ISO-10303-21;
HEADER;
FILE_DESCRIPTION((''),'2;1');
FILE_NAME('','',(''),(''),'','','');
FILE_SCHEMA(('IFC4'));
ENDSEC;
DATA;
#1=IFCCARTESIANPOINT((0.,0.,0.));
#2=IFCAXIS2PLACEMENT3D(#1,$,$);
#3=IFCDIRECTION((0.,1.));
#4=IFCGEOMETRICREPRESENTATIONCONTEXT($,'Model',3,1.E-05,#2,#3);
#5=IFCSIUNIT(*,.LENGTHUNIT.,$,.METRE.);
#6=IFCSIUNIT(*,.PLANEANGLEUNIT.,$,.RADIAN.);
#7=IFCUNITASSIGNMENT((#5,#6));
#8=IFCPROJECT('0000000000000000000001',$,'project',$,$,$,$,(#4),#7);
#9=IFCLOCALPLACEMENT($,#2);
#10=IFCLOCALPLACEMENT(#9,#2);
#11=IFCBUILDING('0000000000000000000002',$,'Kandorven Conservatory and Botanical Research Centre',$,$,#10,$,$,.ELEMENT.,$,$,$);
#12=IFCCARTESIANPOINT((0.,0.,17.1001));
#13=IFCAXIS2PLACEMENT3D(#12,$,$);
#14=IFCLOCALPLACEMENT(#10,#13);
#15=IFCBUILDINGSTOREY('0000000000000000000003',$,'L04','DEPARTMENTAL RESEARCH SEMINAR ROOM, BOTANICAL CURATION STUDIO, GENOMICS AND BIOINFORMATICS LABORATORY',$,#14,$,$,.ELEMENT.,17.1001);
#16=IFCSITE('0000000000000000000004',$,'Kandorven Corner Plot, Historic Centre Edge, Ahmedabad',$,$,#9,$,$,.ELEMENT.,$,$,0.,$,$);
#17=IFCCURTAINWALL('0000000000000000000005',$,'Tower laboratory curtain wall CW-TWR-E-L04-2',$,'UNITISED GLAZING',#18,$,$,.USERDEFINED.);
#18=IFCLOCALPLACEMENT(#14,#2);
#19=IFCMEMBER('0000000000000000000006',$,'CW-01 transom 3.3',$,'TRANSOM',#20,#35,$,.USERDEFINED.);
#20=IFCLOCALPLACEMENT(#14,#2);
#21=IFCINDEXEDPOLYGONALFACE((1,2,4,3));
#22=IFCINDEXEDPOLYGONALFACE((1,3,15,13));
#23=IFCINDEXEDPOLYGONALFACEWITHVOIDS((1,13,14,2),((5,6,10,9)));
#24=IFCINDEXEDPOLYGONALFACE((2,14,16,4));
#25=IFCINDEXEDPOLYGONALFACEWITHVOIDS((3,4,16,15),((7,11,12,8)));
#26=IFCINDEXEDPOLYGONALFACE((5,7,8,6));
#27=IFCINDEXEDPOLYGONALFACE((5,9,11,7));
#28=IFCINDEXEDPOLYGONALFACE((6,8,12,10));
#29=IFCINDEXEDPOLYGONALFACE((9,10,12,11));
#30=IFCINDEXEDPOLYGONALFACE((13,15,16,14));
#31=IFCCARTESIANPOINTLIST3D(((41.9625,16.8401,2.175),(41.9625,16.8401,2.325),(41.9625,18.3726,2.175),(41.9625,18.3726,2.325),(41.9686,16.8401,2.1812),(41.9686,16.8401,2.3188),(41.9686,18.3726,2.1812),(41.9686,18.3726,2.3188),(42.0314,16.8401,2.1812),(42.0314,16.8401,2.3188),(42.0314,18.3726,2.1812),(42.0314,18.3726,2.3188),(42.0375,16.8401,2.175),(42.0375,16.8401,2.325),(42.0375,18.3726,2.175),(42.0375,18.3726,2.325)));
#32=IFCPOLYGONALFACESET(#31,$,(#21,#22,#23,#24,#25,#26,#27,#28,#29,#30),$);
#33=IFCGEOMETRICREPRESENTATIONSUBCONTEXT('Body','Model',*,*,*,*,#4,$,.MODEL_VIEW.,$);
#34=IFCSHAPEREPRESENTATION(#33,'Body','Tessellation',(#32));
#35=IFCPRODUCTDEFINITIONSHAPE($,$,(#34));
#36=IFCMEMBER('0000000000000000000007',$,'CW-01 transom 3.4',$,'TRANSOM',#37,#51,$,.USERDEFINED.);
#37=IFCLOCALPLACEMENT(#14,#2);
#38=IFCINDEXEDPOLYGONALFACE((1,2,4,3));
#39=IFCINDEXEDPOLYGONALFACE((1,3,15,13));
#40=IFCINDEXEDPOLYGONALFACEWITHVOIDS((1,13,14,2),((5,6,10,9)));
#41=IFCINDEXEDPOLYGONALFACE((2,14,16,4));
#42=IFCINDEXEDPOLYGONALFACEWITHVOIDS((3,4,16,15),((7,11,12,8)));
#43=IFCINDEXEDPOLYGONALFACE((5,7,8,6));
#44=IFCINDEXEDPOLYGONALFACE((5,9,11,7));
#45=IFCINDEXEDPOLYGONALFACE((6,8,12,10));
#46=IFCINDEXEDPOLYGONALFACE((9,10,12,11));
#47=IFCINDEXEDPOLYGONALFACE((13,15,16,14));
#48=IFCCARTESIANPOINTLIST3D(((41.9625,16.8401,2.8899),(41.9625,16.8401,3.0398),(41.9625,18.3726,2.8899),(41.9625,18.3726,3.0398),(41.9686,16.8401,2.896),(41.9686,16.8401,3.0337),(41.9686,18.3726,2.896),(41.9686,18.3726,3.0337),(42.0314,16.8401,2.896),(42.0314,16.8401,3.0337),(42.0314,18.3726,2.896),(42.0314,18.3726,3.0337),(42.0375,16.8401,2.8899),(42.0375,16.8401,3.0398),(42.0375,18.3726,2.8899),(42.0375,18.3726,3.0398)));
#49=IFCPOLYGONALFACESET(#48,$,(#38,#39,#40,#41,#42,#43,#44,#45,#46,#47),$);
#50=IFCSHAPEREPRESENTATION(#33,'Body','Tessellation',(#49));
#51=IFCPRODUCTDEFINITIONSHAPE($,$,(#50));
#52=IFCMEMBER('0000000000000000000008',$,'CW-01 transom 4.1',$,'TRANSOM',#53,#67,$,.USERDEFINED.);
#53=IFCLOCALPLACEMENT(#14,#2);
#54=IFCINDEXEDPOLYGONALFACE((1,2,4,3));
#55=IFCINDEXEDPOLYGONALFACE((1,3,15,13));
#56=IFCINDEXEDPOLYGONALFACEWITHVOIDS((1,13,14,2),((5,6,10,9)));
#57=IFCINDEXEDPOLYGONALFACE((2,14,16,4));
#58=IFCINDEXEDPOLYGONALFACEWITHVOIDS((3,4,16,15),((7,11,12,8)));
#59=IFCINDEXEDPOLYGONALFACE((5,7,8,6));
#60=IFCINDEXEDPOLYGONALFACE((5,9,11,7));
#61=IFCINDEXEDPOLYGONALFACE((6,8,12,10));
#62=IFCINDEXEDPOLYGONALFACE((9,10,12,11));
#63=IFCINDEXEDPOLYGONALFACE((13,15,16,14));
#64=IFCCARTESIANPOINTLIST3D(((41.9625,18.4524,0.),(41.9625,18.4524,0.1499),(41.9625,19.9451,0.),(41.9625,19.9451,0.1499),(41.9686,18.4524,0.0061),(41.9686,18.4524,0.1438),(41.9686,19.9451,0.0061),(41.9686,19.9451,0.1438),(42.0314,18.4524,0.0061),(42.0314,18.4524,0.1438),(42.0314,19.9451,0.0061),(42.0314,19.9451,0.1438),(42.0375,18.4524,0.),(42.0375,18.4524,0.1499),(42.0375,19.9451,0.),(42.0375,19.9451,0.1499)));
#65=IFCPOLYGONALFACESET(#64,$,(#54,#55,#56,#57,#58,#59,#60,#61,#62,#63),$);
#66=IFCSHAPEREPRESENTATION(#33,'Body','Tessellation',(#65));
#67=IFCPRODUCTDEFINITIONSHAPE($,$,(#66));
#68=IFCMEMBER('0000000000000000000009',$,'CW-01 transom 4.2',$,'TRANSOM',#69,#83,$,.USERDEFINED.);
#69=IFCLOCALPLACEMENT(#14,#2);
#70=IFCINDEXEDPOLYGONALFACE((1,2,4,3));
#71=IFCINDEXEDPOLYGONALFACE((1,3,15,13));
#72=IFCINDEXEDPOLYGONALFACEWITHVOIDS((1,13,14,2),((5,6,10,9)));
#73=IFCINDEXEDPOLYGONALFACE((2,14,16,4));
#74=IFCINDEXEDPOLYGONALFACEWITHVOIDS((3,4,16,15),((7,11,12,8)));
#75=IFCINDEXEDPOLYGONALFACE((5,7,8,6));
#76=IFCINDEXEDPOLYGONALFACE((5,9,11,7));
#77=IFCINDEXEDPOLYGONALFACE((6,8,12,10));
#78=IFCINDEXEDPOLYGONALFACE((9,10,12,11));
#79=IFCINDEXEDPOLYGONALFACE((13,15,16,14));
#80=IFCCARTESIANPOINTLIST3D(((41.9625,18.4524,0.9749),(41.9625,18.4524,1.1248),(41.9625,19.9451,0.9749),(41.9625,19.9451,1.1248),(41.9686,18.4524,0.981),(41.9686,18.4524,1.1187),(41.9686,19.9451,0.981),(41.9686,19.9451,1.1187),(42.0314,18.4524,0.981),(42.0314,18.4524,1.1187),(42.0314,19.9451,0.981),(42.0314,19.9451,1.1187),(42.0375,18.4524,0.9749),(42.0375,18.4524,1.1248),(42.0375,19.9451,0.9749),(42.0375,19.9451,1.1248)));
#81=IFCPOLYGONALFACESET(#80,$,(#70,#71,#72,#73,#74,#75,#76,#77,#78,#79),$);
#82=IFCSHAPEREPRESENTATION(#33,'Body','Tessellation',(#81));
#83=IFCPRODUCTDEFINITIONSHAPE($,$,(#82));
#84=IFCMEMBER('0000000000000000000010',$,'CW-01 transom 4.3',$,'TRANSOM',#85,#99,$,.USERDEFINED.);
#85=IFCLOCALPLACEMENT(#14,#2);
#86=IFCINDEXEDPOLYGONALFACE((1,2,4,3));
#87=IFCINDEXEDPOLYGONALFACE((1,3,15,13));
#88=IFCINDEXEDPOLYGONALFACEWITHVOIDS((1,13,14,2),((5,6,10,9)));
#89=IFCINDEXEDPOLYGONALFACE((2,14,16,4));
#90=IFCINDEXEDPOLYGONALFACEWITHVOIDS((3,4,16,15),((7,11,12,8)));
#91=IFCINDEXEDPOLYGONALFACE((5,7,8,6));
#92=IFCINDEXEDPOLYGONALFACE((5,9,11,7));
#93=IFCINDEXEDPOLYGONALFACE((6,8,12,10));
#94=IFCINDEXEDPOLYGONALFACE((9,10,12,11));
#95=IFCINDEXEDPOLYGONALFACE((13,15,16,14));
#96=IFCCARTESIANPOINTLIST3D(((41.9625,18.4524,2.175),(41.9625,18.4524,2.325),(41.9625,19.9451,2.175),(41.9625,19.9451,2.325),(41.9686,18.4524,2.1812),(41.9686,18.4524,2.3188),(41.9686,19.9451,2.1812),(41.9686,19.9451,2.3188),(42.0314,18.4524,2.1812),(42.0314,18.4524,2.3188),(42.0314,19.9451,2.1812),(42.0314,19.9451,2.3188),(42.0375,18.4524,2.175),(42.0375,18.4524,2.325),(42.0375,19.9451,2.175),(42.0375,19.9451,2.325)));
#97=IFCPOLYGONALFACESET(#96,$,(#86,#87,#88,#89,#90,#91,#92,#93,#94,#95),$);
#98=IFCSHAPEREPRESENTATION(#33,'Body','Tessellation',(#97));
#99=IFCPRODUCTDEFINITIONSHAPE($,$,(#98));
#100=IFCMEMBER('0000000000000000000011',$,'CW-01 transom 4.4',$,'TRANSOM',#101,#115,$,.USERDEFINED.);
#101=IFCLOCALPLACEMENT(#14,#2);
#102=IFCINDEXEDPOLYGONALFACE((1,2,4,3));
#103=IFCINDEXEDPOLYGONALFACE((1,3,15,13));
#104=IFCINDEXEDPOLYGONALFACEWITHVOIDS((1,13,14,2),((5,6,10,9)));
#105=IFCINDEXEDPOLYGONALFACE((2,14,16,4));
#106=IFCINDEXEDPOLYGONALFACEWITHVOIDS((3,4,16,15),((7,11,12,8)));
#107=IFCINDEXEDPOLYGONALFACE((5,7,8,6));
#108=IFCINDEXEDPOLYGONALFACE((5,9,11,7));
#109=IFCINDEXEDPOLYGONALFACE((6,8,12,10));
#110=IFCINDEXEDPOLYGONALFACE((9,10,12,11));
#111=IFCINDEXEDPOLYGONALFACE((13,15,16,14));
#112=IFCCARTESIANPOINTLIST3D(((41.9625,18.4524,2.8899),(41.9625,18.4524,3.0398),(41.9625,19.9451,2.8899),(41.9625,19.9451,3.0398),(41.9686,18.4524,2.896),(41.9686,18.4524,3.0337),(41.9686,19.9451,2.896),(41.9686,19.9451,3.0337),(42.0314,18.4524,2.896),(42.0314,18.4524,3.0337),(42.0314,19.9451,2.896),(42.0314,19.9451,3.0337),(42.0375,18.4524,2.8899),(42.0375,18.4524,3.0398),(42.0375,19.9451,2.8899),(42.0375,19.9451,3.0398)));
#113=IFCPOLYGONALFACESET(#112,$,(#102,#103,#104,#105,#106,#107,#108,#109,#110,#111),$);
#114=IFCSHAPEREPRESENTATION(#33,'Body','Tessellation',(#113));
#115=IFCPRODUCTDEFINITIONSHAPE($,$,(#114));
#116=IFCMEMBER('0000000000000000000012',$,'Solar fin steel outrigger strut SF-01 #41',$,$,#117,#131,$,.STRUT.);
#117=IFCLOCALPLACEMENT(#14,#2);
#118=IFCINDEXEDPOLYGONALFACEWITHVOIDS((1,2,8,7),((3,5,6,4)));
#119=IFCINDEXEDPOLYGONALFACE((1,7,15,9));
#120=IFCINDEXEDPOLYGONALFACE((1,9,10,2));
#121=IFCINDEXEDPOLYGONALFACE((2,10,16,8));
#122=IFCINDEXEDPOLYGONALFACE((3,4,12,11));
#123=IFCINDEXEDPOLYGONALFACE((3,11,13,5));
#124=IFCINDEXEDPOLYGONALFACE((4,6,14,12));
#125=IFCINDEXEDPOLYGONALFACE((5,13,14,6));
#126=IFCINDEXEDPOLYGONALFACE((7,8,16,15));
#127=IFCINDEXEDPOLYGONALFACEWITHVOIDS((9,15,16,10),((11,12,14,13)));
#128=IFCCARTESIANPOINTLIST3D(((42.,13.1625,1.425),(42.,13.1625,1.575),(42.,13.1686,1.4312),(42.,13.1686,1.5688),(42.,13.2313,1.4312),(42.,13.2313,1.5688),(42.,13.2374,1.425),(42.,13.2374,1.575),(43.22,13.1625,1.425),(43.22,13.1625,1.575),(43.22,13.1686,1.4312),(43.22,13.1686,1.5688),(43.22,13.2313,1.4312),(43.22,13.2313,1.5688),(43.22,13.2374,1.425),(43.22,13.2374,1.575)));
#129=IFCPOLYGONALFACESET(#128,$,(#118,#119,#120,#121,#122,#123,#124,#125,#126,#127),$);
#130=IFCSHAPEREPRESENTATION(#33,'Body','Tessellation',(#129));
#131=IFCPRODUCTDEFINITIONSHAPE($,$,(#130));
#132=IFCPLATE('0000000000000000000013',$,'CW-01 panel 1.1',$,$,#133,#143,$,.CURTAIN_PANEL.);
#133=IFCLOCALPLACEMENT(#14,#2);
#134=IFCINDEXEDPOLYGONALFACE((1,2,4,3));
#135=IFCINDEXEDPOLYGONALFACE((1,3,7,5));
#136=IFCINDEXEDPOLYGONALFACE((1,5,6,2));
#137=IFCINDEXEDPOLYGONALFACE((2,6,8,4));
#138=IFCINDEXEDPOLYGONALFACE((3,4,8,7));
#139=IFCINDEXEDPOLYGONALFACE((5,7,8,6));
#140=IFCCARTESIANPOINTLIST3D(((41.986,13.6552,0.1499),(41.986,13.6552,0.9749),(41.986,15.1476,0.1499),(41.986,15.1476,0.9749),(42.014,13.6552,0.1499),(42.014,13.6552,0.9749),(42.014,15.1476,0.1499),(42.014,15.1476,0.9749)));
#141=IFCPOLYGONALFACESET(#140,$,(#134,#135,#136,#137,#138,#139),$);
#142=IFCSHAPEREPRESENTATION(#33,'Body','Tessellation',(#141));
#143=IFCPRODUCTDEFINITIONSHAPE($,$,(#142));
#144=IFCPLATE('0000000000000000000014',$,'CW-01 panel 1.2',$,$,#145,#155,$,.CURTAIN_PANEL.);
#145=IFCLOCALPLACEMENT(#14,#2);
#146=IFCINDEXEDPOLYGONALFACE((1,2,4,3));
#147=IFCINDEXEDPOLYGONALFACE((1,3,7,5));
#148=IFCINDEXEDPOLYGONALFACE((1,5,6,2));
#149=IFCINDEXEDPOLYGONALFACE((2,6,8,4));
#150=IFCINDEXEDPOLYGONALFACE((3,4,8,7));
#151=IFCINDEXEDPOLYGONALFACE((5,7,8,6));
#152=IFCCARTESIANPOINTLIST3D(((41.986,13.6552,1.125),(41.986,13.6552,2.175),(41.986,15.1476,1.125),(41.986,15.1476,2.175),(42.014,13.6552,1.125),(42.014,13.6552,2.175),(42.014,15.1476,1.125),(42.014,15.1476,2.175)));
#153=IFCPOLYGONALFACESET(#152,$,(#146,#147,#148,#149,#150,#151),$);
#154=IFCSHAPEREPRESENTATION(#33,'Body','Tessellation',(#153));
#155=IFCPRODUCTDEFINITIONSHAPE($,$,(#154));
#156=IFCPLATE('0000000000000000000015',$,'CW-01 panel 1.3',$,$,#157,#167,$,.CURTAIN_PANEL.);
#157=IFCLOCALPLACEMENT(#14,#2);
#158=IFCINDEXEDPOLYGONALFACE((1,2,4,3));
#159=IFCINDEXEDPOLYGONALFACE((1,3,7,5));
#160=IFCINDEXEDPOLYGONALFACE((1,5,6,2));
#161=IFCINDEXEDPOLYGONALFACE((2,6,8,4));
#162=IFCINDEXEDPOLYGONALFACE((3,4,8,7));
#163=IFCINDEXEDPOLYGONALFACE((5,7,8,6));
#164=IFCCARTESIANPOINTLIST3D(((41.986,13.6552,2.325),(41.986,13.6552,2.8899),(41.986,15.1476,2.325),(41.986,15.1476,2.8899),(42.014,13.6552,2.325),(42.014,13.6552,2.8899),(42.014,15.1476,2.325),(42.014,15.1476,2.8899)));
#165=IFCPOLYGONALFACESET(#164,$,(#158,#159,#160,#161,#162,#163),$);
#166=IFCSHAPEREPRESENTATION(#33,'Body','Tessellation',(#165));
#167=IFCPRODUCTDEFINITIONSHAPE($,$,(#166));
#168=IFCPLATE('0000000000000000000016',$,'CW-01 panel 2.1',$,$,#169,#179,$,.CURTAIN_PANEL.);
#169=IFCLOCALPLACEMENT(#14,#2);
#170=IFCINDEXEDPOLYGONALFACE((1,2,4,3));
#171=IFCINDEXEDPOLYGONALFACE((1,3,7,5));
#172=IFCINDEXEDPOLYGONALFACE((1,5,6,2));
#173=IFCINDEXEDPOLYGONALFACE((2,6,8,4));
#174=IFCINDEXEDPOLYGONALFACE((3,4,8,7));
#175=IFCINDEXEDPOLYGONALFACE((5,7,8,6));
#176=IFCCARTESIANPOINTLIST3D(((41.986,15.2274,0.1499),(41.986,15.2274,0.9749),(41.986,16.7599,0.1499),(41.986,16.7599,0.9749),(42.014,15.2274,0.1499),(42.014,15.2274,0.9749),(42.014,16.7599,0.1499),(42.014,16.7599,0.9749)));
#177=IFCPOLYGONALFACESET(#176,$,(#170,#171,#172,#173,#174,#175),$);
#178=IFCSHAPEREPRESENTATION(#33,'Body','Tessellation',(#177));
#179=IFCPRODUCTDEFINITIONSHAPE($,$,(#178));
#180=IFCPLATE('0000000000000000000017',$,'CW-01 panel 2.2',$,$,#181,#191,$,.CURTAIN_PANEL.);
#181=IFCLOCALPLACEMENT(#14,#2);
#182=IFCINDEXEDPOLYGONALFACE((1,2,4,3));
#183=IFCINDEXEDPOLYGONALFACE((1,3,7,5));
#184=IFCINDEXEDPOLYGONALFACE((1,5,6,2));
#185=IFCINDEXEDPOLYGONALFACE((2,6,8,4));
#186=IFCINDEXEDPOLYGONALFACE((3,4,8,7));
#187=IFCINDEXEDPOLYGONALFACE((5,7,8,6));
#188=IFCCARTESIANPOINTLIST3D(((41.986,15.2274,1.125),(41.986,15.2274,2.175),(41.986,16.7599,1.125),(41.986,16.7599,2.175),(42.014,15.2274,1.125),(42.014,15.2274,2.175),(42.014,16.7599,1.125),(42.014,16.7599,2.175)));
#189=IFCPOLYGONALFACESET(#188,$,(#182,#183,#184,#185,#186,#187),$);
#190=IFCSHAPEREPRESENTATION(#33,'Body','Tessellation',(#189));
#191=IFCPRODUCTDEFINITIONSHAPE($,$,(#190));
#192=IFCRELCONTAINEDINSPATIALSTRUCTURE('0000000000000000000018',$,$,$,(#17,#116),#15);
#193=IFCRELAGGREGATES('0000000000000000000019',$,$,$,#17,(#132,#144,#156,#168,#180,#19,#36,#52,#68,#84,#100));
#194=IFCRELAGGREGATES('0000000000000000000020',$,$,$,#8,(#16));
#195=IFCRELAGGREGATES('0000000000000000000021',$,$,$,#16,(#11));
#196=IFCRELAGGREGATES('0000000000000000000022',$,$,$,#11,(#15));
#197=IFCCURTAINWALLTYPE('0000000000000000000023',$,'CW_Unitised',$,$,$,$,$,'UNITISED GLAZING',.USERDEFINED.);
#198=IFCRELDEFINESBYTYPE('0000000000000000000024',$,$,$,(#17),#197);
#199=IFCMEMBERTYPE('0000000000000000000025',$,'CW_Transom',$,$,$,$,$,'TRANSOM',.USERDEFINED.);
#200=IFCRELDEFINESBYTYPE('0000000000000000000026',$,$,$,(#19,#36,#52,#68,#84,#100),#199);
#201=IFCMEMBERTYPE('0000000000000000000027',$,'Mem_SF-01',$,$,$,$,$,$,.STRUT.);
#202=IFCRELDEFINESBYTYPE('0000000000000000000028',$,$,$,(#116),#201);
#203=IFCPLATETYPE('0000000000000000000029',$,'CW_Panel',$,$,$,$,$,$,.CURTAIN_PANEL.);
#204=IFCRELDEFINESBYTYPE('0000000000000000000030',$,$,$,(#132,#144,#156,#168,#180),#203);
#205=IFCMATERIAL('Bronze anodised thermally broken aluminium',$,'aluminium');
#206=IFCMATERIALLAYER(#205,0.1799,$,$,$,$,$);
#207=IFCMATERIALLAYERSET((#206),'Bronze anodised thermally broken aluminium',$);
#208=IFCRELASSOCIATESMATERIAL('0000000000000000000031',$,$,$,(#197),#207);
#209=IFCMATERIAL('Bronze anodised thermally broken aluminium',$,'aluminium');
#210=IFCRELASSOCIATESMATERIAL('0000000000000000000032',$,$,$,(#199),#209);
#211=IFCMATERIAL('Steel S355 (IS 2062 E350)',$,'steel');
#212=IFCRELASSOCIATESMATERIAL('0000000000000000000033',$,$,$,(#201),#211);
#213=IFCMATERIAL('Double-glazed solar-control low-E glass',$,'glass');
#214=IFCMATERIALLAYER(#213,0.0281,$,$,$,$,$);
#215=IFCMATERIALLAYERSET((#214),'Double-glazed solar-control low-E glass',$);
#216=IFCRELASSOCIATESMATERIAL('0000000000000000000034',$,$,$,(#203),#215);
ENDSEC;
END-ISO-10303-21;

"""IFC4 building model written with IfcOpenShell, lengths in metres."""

from ifc_helpers import new_model, si_unit, direction, frame, origin, origin_2d, place, context, subcontext, project, spatial, rectangle, hollow_rectangle, extrude, material, layer, layer_set, material_profile, profile_set, type_object, element, aggregate, save


model = new_model("IFC4")

# Units and contexts
model_context = context("Model", 3, precision=1e-05, world=origin(), true_north=direction((0.0, 1.0)))
body_context = subcontext(model_context, "Body", "Model", "MODEL_VIEW")
ifc_project = project(units=[si_unit("LENGTHUNIT", "METRE"), si_unit("PLANEANGLEUNIT", "RADIAN")], contexts=[model_context])

# Site, building, storey
site_placement = place(None, origin())
site = spatial("IfcSite", under=ifc_project, at=site_placement, Name="Kandorven Corner Plot, Historic Centre Edge, Ahmedabad", CompositionType="ELEMENT", RefElevation=0.0)
building_placement = place(site_placement, origin())
building = spatial("IfcBuilding", under=site, at=building_placement, Name="Kandorven Conservatory and Botanical Research Centre", CompositionType="ELEMENT")
storey_placement = place(building_placement, frame((0.0, 0.0, 17.1001)))
storey = spatial("IfcBuildingStorey", under=building, at=storey_placement, Name="L04", Description="DEPARTMENTAL RESEARCH SEMINAR ROOM, BOTANICAL CURATION STUDIO, GENOMICS AND BIOINFORMATICS LABORATORY", CompositionType="ELEMENT", Elevation=17.1001)

# Curtain wall, members
ifc_material_1 = material(Name="Bronze anodised thermally broken aluminium", Category="aluminium")
ifc_layer_1 = layer(ifc_material_1, 0.1799)
ifc_layer_set_1 = layer_set([ifc_layer_1], Name="Bronze anodised thermally broken aluminium")
curtain_wall_type = type_object("IfcCurtainWallType", Name="CW_Unitised", ElementType="UNITISED GLAZING", PredefinedType="USERDEFINED", material=ifc_layer_set_1)
curtain_wall_placement = place(storey_placement, origin())
curtain_wall = element("IfcCurtainWall", 1, at=curtain_wall_placement, inside=storey, type_object=curtain_wall_type, Name="Tower laboratory curtain wall CW-TWR-E-L04-2", ObjectType="UNITISED GLAZING", PredefinedType="USERDEFINED")
ifc_material_2 = material(Name="Bronze anodised thermally broken aluminium", Category="aluminium")
ifc_material_profile_1 = material_profile(ifc_material_2, hollow_rectangle(XDim=0.075, YDim=0.1499, WallThickness=0.0061, at=origin_2d()))
ifc_profile_set_1 = profile_set([ifc_material_profile_1], Name="Bronze anodised thermally broken aluminium")
member_type_1 = type_object("IfcMemberType", Name="CW_Transom", ElementType="TRANSOM", PredefinedType="USERDEFINED", material=ifc_profile_set_1)
member_1_placement = place(storey_placement, frame((42.0, 16.8401, 2.25), z_axis=(0.0, 1.0, 0.0), x_axis=(-1.0, 0.0, 0.0)))
member_1 = element("IfcMember", 2, at=member_1_placement, type_object=member_type_1, Name="CW-01 transom 3.3", ObjectType="TRANSOM", PredefinedType="USERDEFINED", context=body_context, shape_type="SweptSolid", body=[
    extrude(hollow_rectangle(XDim=0.075, YDim=0.1499, WallThickness=0.0061, at=origin_2d()), origin(), (0.0, 0.0, 1.0), 1.5325),
])
member_2_placement = place(storey_placement, frame((42.0, 16.8401, 2.9648), z_axis=(0.0, 1.0, 0.0), x_axis=(-1.0, 0.0, 0.0)))
member_2 = element("IfcMember", 3, at=member_2_placement, type_object=member_type_1, Name="CW-01 transom 3.4", ObjectType="TRANSOM", PredefinedType="USERDEFINED", context=body_context, shape_type="SweptSolid", body=[
    extrude(hollow_rectangle(XDim=0.075, YDim=0.1499, WallThickness=0.0061, at=origin_2d()), origin(), (0.0, 0.0, 1.0), 1.5325),
])
member_3_placement = place(storey_placement, frame((42.0, 18.4524, 0.075), z_axis=(0.0, 1.0, 0.0), x_axis=(-1.0, 0.0, 0.0)))
member_3 = element("IfcMember", 4, at=member_3_placement, type_object=member_type_1, Name="CW-01 transom 4.1", ObjectType="TRANSOM", PredefinedType="USERDEFINED", context=body_context, shape_type="SweptSolid", body=[
    extrude(hollow_rectangle(XDim=0.075, YDim=0.1499, WallThickness=0.0061, at=origin_2d()), origin(), (0.0, 0.0, 1.0), 1.4927),
])
member_4_placement = place(storey_placement, frame((42.0, 18.4524, 1.0498), z_axis=(0.0, 1.0, 0.0), x_axis=(-1.0, 0.0, 0.0)))
member_4 = element("IfcMember", 5, at=member_4_placement, type_object=member_type_1, Name="CW-01 transom 4.2", ObjectType="TRANSOM", PredefinedType="USERDEFINED", context=body_context, shape_type="SweptSolid", body=[
    extrude(hollow_rectangle(XDim=0.075, YDim=0.1499, WallThickness=0.0061, at=origin_2d()), origin(), (0.0, 0.0, 1.0), 1.4927),
])
member_5_placement = place(storey_placement, frame((42.0, 18.4524, 2.25), z_axis=(0.0, 1.0, 0.0), x_axis=(-1.0, 0.0, 0.0)))
member_5 = element("IfcMember", 6, at=member_5_placement, type_object=member_type_1, Name="CW-01 transom 4.3", ObjectType="TRANSOM", PredefinedType="USERDEFINED", context=body_context, shape_type="SweptSolid", body=[
    extrude(hollow_rectangle(XDim=0.075, YDim=0.1499, WallThickness=0.0061, at=origin_2d()), origin(), (0.0, 0.0, 1.0), 1.4927),
])
member_6_placement = place(storey_placement, frame((42.0, 18.4524, 2.9648), z_axis=(0.0, 1.0, 0.0), x_axis=(-1.0, 0.0, 0.0)))
member_6 = element("IfcMember", 7, at=member_6_placement, type_object=member_type_1, Name="CW-01 transom 4.4", ObjectType="TRANSOM", PredefinedType="USERDEFINED", context=body_context, shape_type="SweptSolid", body=[
    extrude(hollow_rectangle(XDim=0.075, YDim=0.1499, WallThickness=0.0061, at=origin_2d()), origin(), (0.0, 0.0, 1.0), 1.4927),
])

# Member
ifc_material_3 = material(Name="Steel S355 (IS 2062 E350)", Category="steel")
ifc_material_profile_2 = material_profile(ifc_material_3, hollow_rectangle(XDim=0.075, YDim=0.1499, WallThickness=0.0061, at=origin_2d()))
ifc_profile_set_2 = profile_set([ifc_material_profile_2], Name="Steel S355 (IS 2062 E350)")
member_type_2 = type_object("IfcMemberType", Name="Mem_SF-01", PredefinedType="STRUT", material=ifc_profile_set_2)
member_7_placement = place(storey_placement, frame((42.0, 13.2, 1.5), z_axis=(1.0, 0.0, 0.0), x_axis=(0.0, 1.0, 0.0)))
element("IfcMember", 8, at=member_7_placement, inside=storey, type_object=member_type_2, Name="Solar fin steel outrigger strut SF-01 #41", PredefinedType="STRUT", context=body_context, shape_type="SweptSolid", body=[
    extrude(hollow_rectangle(XDim=0.075, YDim=0.1499, WallThickness=0.0061, at=origin_2d()), origin(), (0.0, 0.0, 1.0), 1.22),
])

# Plates
ifc_material_4 = material(Name="Double-glazed solar-control low-E glass", Category="glass")
ifc_layer_2 = layer(ifc_material_4, 0.0281)
ifc_layer_set_2 = layer_set([ifc_layer_2], Name="Double-glazed solar-control low-E glass")
plate_type = type_object("IfcPlateType", Name="CW_Panel", PredefinedType="CURTAIN_PANEL", material=ifc_layer_set_2)
plate_1_placement = place(storey_placement, frame((42.0, 14.4014, 0.1499), z_axis=(0.0, 0.0, 1.0), x_axis=(0.0, 1.0, 0.0)))
plate_1 = element("IfcPlate", 9, at=plate_1_placement, type_object=plate_type, Name="CW-01 panel 1.1", PredefinedType="CURTAIN_PANEL", context=body_context, shape_type="SweptSolid", body=[
    extrude(rectangle(XDim=1.4924, YDim=0.0281, at=origin_2d()), origin(), (0.0, 0.0, 1.0), 0.825),
])
plate_2_placement = place(storey_placement, frame((42.0, 14.4014, 1.125), z_axis=(0.0, 0.0, 1.0), x_axis=(0.0, 1.0, 0.0)))
plate_2 = element("IfcPlate", 10, at=plate_2_placement, type_object=plate_type, Name="CW-01 panel 1.2", PredefinedType="CURTAIN_PANEL", context=body_context, shape_type="SweptSolid", body=[
    extrude(rectangle(XDim=1.4924, YDim=0.0281, at=origin_2d()), origin(), (0.0, 0.0, 1.0), 1.05),
])
plate_3_placement = place(storey_placement, frame((42.0, 14.4014, 2.325), z_axis=(0.0, 0.0, 1.0), x_axis=(0.0, 1.0, 0.0)))
plate_3 = element("IfcPlate", 11, at=plate_3_placement, type_object=plate_type, Name="CW-01 panel 1.3", PredefinedType="CURTAIN_PANEL", context=body_context, shape_type="SweptSolid", body=[
    extrude(rectangle(XDim=1.4924, YDim=0.0281, at=origin_2d()), origin(), (0.0, 0.0, 1.0), 0.5649),
])
plate_4_placement = place(storey_placement, frame((42.0, 15.9937, 0.1499), z_axis=(0.0, 0.0, 1.0), x_axis=(0.0, 1.0, 0.0)))
plate_4 = element("IfcPlate", 12, at=plate_4_placement, type_object=plate_type, Name="CW-01 panel 2.1", PredefinedType="CURTAIN_PANEL", context=body_context, shape_type="SweptSolid", body=[
    extrude(rectangle(XDim=1.5325, YDim=0.0281, at=origin_2d()), origin(), (0.0, 0.0, 1.0), 0.825),
])
plate_5_placement = place(storey_placement, frame((42.0, 15.9937, 1.125), z_axis=(0.0, 0.0, 1.0), x_axis=(0.0, 1.0, 0.0)))
plate_5 = element("IfcPlate", 13, at=plate_5_placement, type_object=plate_type, Name="CW-01 panel 2.2", PredefinedType="CURTAIN_PANEL", context=body_context, shape_type="SweptSolid", body=[
    extrude(rectangle(XDim=1.5325, YDim=0.0281, at=origin_2d()), origin(), (0.0, 0.0, 1.0), 1.05),
])
aggregate(curtain_wall, [plate_1, plate_2, plate_3, plate_4, plate_5, member_1, member_2, member_3, member_4, member_5, member_6])

save(model, "model.ifc")
